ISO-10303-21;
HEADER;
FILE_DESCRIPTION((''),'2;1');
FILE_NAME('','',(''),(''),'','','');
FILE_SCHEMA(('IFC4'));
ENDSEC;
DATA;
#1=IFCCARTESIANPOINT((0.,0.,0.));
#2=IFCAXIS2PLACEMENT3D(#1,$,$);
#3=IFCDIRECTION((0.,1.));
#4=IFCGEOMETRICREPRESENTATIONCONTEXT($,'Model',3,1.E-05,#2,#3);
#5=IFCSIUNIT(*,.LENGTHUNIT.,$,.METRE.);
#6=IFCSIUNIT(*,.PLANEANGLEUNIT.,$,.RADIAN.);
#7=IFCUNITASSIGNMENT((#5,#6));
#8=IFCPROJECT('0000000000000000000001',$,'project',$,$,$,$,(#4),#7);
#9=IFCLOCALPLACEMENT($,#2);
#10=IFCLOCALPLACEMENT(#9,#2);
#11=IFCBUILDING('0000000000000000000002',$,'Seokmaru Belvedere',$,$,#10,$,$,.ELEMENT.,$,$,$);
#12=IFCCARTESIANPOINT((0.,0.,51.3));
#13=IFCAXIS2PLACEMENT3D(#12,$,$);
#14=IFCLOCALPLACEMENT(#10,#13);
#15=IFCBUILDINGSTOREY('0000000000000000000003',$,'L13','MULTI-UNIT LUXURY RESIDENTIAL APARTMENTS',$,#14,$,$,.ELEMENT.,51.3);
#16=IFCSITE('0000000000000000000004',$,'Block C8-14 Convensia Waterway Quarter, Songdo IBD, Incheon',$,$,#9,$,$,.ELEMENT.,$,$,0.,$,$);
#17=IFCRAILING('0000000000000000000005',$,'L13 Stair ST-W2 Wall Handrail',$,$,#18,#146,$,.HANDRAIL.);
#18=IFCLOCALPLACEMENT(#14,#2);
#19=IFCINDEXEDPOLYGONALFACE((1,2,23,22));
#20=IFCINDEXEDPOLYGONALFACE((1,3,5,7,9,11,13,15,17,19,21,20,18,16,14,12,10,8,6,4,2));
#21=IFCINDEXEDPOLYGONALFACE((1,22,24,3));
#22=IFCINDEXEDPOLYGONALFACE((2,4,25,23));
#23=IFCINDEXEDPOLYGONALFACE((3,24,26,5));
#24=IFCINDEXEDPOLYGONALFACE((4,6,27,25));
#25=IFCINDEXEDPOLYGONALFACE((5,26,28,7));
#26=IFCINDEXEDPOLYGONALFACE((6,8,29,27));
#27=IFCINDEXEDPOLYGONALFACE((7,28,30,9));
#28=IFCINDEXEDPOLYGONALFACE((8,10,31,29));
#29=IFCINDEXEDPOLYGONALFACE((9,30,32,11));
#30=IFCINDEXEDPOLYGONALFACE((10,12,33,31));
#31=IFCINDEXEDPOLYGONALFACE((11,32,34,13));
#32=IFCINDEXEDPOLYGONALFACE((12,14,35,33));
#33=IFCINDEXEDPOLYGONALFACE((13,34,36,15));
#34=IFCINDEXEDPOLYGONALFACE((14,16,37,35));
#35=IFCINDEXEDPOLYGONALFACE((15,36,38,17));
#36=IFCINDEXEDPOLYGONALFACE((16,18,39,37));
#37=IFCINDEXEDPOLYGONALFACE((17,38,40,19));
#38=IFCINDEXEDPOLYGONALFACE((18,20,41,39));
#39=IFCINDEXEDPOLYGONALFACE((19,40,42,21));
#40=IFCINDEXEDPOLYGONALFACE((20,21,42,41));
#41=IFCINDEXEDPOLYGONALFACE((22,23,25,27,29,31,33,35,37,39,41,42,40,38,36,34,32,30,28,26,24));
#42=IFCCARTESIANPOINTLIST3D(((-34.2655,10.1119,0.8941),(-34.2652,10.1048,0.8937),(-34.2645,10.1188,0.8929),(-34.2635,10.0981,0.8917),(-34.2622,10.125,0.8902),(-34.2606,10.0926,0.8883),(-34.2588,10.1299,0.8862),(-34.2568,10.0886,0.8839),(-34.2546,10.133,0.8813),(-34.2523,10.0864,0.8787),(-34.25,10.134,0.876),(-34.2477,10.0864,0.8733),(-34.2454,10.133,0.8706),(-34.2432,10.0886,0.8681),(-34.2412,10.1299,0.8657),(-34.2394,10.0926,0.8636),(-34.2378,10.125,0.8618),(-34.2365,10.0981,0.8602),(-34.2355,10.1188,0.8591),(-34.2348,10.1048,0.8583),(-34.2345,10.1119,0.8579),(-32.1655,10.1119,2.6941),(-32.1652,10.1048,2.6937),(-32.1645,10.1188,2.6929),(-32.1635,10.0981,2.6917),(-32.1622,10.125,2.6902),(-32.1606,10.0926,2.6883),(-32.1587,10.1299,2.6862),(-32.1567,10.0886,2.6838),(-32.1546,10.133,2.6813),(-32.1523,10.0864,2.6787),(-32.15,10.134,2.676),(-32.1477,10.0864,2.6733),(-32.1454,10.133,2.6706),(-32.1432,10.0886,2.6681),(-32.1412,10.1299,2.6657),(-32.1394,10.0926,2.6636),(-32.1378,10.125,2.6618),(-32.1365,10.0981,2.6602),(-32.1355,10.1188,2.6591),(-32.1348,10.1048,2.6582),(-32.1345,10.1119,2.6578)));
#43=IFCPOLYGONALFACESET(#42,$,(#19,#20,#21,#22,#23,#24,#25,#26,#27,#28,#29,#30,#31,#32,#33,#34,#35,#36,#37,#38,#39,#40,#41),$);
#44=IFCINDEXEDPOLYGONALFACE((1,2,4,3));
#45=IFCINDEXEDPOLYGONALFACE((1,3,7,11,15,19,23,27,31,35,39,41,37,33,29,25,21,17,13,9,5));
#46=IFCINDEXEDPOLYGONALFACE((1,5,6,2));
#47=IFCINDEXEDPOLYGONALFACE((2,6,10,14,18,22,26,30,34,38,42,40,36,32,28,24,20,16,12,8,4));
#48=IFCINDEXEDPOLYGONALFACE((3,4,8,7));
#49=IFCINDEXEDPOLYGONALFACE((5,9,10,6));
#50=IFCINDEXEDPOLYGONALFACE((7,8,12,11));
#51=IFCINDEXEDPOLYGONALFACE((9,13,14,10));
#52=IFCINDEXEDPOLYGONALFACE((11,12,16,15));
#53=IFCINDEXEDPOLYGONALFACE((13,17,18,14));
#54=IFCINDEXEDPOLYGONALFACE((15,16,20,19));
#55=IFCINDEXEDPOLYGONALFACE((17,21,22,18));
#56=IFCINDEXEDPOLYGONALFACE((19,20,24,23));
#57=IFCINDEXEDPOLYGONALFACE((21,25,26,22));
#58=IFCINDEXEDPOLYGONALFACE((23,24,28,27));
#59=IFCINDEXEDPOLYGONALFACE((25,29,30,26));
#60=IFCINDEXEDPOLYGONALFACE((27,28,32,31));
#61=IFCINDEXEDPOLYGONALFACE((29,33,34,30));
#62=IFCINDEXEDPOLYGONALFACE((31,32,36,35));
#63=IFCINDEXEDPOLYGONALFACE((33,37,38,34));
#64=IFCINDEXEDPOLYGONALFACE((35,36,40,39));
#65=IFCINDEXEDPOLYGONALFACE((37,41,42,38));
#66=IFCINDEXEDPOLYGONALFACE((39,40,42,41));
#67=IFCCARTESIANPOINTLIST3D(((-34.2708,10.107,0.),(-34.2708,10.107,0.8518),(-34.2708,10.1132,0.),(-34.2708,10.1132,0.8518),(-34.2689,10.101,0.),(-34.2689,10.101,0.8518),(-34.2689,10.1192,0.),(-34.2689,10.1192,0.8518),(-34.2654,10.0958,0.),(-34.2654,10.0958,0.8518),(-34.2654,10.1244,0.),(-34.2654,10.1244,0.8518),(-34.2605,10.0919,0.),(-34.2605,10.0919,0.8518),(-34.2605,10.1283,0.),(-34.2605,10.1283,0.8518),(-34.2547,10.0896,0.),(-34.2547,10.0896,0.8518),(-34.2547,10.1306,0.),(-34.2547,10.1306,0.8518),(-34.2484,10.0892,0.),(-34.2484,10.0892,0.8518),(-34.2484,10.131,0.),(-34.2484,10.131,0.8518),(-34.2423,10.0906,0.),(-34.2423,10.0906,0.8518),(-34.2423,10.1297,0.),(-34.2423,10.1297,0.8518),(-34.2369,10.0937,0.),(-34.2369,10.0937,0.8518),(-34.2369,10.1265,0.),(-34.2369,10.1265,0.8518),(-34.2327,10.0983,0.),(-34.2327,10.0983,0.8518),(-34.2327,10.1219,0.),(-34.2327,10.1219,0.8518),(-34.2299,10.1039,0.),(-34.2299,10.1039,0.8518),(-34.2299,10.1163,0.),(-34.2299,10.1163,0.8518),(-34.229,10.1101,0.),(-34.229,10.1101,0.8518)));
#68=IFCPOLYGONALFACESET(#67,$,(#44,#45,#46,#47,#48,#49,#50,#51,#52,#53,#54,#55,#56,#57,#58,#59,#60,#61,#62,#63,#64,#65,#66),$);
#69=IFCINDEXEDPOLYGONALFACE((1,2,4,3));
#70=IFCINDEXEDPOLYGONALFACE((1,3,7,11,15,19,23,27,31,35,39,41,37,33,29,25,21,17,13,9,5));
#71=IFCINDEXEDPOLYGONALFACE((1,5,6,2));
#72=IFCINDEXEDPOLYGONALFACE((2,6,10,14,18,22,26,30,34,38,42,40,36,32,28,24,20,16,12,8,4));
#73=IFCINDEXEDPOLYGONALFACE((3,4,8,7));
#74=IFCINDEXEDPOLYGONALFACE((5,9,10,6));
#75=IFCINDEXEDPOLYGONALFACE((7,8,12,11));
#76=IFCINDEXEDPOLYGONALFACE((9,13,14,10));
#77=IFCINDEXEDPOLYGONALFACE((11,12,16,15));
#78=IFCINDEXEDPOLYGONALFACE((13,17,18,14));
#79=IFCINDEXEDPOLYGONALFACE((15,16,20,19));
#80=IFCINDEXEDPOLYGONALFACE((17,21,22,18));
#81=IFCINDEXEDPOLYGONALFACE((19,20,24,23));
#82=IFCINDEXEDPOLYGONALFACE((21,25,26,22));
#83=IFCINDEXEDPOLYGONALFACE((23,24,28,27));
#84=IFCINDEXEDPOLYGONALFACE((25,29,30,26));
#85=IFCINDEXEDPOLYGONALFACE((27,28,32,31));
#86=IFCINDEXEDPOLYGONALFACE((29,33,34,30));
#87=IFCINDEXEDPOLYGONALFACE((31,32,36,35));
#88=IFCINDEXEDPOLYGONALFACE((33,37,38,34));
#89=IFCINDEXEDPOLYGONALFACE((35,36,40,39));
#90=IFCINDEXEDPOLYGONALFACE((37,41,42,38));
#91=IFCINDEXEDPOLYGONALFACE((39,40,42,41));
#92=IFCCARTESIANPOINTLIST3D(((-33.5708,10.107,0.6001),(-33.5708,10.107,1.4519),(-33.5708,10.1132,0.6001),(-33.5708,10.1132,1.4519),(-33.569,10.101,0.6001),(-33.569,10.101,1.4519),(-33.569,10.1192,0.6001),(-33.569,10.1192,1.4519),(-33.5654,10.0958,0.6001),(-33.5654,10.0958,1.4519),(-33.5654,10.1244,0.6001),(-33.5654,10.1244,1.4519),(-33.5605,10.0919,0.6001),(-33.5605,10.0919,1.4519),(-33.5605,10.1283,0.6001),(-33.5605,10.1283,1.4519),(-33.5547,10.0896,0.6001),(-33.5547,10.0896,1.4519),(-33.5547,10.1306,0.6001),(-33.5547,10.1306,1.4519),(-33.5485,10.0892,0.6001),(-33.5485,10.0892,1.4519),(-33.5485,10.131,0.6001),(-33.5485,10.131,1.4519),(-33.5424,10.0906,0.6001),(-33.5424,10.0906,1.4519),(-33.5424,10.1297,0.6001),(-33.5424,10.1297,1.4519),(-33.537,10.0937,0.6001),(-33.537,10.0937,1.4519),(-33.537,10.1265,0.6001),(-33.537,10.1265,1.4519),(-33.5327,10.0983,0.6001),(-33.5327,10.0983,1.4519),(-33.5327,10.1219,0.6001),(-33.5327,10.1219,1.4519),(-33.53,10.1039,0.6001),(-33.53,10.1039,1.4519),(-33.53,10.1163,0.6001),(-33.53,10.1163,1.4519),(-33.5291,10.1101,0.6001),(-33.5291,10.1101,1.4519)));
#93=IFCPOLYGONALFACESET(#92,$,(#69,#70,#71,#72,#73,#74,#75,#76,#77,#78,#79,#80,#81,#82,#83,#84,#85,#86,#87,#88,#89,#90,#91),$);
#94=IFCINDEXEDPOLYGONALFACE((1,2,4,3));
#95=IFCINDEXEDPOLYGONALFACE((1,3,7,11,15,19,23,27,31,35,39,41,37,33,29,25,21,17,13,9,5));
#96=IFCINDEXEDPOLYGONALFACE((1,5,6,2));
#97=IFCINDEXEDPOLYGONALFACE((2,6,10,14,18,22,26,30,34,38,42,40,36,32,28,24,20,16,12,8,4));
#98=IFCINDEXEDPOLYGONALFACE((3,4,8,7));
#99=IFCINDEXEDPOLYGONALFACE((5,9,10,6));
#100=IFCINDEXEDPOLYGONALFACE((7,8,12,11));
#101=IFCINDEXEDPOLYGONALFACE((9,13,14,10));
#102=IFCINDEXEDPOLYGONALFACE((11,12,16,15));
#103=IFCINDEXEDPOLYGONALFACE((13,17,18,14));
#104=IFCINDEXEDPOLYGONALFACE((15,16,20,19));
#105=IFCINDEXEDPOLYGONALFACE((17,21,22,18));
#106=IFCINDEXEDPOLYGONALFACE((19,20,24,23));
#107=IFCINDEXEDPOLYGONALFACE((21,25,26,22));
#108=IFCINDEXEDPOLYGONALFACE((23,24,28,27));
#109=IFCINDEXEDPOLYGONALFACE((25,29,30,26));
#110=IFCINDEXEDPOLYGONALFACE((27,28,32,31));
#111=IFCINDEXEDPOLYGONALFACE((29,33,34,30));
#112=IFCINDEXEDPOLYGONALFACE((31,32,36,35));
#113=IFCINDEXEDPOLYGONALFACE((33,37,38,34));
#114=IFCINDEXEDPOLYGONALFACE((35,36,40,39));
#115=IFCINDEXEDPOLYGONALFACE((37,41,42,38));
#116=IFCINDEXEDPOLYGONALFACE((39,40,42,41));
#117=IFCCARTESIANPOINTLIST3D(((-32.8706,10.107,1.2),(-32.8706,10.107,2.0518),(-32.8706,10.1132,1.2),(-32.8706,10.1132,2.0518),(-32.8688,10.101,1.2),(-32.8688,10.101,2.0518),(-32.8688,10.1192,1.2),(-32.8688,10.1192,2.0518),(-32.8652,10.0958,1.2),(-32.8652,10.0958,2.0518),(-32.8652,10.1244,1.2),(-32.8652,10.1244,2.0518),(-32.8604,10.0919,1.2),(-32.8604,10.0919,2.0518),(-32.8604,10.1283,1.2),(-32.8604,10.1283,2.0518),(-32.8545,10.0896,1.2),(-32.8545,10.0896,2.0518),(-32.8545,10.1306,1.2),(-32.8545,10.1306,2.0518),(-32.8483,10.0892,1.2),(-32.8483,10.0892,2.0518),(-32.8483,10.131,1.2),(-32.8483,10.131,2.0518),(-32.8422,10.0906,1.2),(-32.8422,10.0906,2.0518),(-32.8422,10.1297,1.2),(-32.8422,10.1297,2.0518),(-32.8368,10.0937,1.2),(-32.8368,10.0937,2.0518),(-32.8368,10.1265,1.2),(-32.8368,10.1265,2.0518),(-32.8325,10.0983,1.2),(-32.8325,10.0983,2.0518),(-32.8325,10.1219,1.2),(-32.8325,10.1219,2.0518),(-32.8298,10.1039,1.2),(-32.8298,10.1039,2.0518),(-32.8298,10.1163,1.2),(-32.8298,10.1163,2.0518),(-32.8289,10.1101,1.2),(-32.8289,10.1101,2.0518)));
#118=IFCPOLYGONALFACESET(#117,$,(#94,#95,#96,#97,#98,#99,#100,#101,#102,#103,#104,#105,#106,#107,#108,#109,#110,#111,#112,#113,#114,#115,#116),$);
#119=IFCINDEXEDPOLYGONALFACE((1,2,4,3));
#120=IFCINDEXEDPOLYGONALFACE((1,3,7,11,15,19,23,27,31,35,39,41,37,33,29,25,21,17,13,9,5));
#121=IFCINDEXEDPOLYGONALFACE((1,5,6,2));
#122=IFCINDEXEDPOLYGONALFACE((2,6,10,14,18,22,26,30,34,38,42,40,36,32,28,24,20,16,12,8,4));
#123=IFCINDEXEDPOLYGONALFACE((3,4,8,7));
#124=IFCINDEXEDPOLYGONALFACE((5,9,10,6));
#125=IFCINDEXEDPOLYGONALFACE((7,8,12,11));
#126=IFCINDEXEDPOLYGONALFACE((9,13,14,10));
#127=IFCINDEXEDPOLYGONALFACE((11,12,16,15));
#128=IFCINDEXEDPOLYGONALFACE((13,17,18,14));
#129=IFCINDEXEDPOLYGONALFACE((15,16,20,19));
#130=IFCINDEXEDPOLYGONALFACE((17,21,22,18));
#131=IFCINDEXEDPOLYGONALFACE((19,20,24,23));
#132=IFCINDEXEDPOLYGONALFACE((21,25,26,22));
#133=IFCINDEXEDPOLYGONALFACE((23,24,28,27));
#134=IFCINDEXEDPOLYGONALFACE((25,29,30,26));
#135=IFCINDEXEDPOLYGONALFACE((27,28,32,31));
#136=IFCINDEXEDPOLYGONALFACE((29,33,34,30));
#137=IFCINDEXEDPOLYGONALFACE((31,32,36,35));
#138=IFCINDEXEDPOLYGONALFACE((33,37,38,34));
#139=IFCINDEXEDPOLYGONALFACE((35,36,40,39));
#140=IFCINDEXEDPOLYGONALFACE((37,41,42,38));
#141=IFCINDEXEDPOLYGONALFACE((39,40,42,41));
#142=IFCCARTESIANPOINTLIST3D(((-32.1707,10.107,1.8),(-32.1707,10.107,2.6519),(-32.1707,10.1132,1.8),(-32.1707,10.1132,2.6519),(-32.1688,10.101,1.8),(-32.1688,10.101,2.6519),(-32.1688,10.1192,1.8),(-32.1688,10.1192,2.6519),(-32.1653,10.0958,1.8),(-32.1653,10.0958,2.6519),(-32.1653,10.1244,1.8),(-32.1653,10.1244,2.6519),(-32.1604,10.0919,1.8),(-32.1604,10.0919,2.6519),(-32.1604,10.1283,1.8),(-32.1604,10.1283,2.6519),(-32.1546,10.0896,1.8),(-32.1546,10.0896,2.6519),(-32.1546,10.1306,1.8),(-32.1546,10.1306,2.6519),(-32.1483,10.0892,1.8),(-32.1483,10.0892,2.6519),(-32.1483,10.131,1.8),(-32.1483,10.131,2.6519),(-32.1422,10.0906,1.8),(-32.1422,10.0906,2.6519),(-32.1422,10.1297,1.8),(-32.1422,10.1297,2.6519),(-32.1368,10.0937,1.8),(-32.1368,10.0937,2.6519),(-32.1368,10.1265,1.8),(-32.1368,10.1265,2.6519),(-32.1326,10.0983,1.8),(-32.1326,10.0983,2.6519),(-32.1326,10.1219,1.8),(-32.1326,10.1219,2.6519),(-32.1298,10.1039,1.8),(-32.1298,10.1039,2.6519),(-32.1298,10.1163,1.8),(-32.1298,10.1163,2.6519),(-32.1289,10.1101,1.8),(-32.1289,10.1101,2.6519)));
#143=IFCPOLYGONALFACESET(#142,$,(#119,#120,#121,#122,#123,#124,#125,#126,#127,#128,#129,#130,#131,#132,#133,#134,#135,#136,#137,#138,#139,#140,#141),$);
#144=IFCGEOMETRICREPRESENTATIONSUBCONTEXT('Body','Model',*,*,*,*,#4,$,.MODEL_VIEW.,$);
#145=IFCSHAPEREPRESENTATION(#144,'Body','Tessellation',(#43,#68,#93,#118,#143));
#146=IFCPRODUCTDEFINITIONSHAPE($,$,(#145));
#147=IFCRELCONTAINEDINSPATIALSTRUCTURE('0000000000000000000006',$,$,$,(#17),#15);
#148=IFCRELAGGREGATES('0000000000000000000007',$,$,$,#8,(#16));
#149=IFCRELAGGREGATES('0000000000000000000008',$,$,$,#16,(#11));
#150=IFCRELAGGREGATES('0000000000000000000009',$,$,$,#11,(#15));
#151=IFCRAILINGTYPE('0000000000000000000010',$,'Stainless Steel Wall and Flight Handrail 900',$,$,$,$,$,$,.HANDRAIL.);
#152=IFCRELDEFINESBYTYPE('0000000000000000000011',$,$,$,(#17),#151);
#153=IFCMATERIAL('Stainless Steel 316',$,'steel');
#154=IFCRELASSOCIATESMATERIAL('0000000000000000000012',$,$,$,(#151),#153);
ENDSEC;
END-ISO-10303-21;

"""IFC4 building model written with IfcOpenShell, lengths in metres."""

from ifc_helpers import new_model, si_unit, direction, frame, origin, origin_2d, place, context, subcontext, project, spatial, circle, extrude, material, type_object, element, save


model = new_model("IFC4")

# Units and contexts
model_context = context("Model", 3, precision=1e-05, world=origin(), true_north=direction((0.0, 1.0)))
body_context = subcontext(model_context, "Body", "Model", "MODEL_VIEW")
ifc_project = project(units=[si_unit("LENGTHUNIT", "METRE"), si_unit("PLANEANGLEUNIT", "RADIAN")], contexts=[model_context])

# Site, building, storey
site_placement = place(None, origin())
site = spatial("IfcSite", under=ifc_project, at=site_placement, Name="Block C8-14 Convensia Waterway Quarter, Songdo IBD, Incheon", CompositionType="ELEMENT", RefElevation=0.0)
building_placement = place(site_placement, origin())
building = spatial("IfcBuilding", under=site, at=building_placement, Name="Seokmaru Belvedere", CompositionType="ELEMENT")
storey_placement = place(building_placement, frame((0.0, 0.0, 51.3)))
storey = spatial("IfcBuildingStorey", under=building, at=storey_placement, Name="L13", Description="MULTI-UNIT LUXURY RESIDENTIAL APARTMENTS", CompositionType="ELEMENT", Elevation=51.3)

# Railing
ifc_material_1 = material(Name="Stainless Steel 316", Category="steel")
railing_type_1 = type_object("IfcRailingType", Name="Stainless Steel Wall and Flight Handrail 900", PredefinedType="HANDRAIL", material=ifc_material_1)
railing_1_placement = place(storey_placement, frame((-34.25, 10.1101, 0.0)))
element("IfcRailing", 1, at=railing_1_placement, inside=storey, type_object=railing_type_1, Name="L13 Stair ST-W2 Wall Handrail", PredefinedType="HANDRAIL", context=body_context, shape_type="SweptSolid", body=[
    extrude(circle(Radius=0.0239, at=origin_2d()), frame((0.0, 0.0, 0.876), z_axis=(0.759263, 0.0, 0.650784), x_axis=(0.0, 1.0, 0.0)), (0.0, 0.0, 1.0), 2.7659),
    extrude(circle(Radius=0.021, at=origin_2d()), origin(), (0.0, 0.0, 1.0), 0.8518),
    extrude(circle(Radius=0.021, at=origin_2d()), frame((0.7, 0.0, 0.6001)), (0.0, 0.0, 1.0), 0.8518),
    extrude(circle(Radius=0.021, at=origin_2d()), frame((1.4001, 0.0, 1.2)), (0.0, 0.0, 1.0), 0.8518),
    extrude(circle(Radius=0.021, at=origin_2d()), frame((2.1001, 0.0, 1.8)), (0.0, 0.0, 1.0), 0.8518),
])

save(model, "model.ifc")
